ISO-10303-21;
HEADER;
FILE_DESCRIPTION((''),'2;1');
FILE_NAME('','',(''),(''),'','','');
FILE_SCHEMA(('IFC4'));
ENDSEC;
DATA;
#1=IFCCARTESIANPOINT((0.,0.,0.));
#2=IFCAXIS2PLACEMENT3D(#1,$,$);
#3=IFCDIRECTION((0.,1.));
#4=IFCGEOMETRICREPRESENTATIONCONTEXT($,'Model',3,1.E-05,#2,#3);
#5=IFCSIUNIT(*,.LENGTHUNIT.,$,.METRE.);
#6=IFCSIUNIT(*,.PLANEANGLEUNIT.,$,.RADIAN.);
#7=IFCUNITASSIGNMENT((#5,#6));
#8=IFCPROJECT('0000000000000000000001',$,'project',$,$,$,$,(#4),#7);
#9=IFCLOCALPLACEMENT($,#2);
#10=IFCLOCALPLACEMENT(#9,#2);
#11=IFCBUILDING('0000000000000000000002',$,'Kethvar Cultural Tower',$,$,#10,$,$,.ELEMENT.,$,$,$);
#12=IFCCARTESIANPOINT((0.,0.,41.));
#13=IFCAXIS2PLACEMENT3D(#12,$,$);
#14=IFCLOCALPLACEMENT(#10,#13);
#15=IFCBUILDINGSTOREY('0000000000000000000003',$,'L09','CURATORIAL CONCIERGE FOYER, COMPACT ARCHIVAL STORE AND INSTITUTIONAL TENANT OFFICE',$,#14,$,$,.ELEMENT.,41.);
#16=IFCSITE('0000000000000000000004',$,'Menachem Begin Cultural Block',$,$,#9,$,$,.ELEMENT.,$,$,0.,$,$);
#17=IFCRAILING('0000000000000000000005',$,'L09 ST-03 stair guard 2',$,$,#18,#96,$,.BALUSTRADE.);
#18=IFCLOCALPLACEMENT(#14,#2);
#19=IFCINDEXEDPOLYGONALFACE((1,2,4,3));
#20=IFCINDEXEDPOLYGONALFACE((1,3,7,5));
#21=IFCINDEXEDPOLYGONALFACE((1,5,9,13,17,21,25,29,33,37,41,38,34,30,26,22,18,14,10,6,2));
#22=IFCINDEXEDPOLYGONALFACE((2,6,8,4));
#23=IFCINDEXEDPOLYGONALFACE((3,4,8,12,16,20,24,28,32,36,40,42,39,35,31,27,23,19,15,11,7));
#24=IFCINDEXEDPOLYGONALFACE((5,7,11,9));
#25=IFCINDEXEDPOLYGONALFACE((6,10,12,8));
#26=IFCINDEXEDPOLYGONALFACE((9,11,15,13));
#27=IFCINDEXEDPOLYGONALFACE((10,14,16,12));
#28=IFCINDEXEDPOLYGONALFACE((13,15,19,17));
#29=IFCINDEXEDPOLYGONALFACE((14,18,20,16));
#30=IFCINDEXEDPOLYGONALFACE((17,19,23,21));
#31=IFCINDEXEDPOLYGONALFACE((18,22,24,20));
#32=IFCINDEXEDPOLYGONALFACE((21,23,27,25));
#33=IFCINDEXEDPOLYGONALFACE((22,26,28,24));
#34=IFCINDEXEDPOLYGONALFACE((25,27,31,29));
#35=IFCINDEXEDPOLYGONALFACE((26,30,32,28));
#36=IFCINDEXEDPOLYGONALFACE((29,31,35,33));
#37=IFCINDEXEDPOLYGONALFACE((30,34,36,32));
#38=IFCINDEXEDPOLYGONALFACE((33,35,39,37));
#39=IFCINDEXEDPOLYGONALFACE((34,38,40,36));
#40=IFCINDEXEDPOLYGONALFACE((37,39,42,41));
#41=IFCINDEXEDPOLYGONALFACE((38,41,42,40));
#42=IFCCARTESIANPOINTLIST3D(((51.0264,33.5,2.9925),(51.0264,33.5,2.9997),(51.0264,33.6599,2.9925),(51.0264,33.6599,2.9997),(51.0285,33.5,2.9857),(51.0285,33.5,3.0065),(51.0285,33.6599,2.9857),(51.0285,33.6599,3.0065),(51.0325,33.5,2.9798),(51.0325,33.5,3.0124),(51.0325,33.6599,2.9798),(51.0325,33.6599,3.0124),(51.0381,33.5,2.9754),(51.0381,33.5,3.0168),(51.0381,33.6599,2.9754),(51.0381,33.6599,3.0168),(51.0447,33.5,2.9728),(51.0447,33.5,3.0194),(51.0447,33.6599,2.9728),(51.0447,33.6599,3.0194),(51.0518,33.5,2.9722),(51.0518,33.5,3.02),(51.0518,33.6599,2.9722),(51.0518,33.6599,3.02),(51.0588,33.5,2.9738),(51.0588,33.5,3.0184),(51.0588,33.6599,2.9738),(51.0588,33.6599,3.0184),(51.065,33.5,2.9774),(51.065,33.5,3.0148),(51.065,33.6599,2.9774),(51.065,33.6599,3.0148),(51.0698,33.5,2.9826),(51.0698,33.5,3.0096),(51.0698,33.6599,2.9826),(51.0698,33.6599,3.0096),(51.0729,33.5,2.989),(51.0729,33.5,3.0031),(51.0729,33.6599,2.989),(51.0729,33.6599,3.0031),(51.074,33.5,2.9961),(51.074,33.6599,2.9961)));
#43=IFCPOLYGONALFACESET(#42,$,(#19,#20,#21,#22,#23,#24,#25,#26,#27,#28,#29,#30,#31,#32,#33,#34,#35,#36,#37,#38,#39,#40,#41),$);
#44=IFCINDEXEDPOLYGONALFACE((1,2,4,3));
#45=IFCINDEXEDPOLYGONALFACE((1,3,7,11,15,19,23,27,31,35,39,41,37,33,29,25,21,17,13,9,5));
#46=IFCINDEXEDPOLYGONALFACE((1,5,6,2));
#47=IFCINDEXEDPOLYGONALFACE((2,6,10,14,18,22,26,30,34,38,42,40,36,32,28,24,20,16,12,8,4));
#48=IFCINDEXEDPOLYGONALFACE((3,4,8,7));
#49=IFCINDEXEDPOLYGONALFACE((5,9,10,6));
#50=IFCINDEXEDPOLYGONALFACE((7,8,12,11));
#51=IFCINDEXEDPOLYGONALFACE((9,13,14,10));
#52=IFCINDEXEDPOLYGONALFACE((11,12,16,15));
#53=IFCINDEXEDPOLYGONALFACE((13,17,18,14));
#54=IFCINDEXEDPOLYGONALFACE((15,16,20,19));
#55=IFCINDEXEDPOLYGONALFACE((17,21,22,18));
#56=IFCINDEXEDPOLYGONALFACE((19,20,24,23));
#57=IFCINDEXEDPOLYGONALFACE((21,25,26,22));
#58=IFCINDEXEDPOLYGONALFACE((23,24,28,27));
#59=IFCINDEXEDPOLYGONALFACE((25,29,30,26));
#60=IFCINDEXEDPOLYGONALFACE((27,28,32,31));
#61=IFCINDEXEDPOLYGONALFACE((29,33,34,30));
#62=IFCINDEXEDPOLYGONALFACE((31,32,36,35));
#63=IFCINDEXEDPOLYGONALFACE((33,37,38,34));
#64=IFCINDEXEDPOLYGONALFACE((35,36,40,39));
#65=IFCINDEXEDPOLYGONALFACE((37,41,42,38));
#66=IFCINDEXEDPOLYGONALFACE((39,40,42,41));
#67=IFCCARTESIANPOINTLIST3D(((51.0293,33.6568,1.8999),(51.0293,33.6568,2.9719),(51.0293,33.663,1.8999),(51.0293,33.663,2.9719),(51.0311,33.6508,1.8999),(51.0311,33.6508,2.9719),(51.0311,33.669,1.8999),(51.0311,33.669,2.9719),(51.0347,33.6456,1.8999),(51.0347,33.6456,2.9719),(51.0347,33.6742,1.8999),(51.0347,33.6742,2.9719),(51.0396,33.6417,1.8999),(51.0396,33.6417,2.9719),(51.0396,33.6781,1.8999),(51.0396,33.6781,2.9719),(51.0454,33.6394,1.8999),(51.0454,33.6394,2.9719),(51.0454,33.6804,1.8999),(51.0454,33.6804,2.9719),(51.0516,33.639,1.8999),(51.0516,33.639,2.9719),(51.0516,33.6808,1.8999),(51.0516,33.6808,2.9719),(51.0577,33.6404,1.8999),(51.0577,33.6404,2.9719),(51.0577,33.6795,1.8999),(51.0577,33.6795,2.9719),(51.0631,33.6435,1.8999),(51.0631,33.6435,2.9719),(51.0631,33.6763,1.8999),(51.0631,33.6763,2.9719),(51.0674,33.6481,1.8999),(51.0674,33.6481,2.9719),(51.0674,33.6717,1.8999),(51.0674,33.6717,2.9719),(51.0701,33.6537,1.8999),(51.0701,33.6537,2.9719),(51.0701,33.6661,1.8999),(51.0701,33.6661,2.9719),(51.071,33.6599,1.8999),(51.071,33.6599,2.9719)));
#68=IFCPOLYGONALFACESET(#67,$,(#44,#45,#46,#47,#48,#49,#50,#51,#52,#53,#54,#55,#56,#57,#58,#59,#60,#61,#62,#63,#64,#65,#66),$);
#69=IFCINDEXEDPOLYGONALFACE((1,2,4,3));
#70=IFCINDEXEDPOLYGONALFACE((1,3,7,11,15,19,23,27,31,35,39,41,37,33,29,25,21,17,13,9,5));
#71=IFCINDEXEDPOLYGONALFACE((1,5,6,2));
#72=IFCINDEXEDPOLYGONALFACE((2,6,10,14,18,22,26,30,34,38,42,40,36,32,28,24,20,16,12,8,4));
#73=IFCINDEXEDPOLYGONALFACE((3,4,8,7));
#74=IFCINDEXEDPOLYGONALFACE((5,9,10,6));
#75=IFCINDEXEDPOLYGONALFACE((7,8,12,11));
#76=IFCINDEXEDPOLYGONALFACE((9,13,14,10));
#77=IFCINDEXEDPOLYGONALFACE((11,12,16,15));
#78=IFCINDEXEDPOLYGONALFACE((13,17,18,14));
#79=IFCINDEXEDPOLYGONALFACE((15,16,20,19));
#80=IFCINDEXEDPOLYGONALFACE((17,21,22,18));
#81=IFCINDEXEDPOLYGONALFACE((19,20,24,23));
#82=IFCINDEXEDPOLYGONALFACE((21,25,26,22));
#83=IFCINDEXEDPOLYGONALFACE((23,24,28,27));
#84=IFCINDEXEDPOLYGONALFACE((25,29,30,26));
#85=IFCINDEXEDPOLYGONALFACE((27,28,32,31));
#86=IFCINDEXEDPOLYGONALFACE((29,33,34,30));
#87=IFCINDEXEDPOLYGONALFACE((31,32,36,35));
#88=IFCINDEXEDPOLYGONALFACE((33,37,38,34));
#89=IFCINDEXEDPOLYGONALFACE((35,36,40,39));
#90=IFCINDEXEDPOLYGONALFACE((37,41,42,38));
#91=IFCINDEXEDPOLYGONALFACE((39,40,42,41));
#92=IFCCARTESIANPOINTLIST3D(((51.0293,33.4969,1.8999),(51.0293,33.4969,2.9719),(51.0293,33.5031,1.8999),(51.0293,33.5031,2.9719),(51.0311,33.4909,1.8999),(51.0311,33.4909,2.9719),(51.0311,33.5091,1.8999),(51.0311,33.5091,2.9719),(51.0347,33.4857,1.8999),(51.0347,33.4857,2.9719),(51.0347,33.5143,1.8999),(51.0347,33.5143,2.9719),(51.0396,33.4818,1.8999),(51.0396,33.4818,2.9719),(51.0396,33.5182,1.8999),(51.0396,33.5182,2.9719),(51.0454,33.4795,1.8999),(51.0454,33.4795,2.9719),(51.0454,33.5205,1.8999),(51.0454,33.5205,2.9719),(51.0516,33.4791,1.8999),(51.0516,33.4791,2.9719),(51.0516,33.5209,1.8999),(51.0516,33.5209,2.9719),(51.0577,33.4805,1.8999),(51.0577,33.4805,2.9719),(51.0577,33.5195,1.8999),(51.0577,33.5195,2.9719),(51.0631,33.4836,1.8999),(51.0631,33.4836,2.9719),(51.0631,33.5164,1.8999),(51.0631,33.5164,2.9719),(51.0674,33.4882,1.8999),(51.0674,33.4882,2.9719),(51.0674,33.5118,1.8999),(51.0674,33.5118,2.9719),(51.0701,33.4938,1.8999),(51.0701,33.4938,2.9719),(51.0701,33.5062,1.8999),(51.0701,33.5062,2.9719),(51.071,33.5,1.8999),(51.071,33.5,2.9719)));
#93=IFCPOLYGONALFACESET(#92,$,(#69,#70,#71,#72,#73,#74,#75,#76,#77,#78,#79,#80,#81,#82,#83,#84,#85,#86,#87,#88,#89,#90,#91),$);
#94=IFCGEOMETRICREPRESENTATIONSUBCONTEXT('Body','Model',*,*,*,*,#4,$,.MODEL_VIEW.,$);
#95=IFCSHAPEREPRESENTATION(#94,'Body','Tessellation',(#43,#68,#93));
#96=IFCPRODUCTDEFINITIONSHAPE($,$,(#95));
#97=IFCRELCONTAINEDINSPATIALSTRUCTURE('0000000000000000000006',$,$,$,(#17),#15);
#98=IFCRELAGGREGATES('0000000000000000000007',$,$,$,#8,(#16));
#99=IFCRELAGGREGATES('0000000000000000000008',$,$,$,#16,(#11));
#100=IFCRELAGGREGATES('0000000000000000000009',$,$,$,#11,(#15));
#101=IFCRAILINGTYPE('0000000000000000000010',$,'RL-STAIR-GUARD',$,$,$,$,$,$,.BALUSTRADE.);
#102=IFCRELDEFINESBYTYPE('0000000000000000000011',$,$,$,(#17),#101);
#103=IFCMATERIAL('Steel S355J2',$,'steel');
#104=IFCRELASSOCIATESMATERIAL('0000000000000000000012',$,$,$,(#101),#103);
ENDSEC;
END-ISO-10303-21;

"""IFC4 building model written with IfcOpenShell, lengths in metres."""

from ifc_helpers import new_model, si_unit, direction, frame, origin, origin_2d, place, context, subcontext, project, spatial, circle, extrude, material, type_object, element, save


model = new_model("IFC4")

# Units and contexts
model_context = context("Model", 3, precision=1e-05, world=origin(), true_north=direction((0.0, 1.0)))
body_context = subcontext(model_context, "Body", "Model", "MODEL_VIEW")
ifc_project = project(units=[si_unit("LENGTHUNIT", "METRE"), si_unit("PLANEANGLEUNIT", "RADIAN")], contexts=[model_context])

# Site, building, storey
site_placement = place(None, origin())
site = spatial("IfcSite", under=ifc_project, at=site_placement, Name="Menachem Begin Cultural Block", CompositionType="ELEMENT", RefElevation=0.0)
building_placement = place(site_placement, origin())
building = spatial("IfcBuilding", under=site, at=building_placement, Name="Kethvar Cultural Tower", CompositionType="ELEMENT")
storey_placement = place(building_placement, frame((0.0, 0.0, 41.0)))
storey = spatial("IfcBuildingStorey", under=building, at=storey_placement, Name="L09", Description="CURATORIAL CONCIERGE FOYER, COMPACT ARCHIVAL STORE AND INSTITUTIONAL TENANT OFFICE", CompositionType="ELEMENT", Elevation=41.0)

# Shared definitions
ifc_material_1 = material(Name="Steel S355J2", Category="steel")

# Railing
railing_type_1 = type_object("IfcRailingType", Name="RL-STAIR-GUARD", PredefinedType="BALUSTRADE", material=ifc_material_1)
railing_1_placement = place(storey_placement, frame((51.05, 33.6599, 1.8999)))
element("IfcRailing", 1, at=railing_1_placement, inside=storey, type_object=railing_type_1, Name="L09 ST-03 stair guard 2", PredefinedType="BALUSTRADE", context=body_context, shape_type="SweptSolid", body=[
    extrude(circle(Radius=0.0239, at=origin_2d()), frame((0.0, 0.0, 1.0962), z_axis=(0.0, -1.0, 0.0), x_axis=(1.0, 0.0, 0.0)), (0.0, 0.0, 1.0), 0.1599),
    extrude(circle(Radius=0.021, at=origin_2d()), origin(), (0.0, 0.0, 1.0), 1.072),
    extrude(circle(Radius=0.021, at=origin_2d()), frame((0.0, -0.1599, 0.0)), (0.0, 0.0, 1.0), 1.072),
])

save(model, "model.ifc")
